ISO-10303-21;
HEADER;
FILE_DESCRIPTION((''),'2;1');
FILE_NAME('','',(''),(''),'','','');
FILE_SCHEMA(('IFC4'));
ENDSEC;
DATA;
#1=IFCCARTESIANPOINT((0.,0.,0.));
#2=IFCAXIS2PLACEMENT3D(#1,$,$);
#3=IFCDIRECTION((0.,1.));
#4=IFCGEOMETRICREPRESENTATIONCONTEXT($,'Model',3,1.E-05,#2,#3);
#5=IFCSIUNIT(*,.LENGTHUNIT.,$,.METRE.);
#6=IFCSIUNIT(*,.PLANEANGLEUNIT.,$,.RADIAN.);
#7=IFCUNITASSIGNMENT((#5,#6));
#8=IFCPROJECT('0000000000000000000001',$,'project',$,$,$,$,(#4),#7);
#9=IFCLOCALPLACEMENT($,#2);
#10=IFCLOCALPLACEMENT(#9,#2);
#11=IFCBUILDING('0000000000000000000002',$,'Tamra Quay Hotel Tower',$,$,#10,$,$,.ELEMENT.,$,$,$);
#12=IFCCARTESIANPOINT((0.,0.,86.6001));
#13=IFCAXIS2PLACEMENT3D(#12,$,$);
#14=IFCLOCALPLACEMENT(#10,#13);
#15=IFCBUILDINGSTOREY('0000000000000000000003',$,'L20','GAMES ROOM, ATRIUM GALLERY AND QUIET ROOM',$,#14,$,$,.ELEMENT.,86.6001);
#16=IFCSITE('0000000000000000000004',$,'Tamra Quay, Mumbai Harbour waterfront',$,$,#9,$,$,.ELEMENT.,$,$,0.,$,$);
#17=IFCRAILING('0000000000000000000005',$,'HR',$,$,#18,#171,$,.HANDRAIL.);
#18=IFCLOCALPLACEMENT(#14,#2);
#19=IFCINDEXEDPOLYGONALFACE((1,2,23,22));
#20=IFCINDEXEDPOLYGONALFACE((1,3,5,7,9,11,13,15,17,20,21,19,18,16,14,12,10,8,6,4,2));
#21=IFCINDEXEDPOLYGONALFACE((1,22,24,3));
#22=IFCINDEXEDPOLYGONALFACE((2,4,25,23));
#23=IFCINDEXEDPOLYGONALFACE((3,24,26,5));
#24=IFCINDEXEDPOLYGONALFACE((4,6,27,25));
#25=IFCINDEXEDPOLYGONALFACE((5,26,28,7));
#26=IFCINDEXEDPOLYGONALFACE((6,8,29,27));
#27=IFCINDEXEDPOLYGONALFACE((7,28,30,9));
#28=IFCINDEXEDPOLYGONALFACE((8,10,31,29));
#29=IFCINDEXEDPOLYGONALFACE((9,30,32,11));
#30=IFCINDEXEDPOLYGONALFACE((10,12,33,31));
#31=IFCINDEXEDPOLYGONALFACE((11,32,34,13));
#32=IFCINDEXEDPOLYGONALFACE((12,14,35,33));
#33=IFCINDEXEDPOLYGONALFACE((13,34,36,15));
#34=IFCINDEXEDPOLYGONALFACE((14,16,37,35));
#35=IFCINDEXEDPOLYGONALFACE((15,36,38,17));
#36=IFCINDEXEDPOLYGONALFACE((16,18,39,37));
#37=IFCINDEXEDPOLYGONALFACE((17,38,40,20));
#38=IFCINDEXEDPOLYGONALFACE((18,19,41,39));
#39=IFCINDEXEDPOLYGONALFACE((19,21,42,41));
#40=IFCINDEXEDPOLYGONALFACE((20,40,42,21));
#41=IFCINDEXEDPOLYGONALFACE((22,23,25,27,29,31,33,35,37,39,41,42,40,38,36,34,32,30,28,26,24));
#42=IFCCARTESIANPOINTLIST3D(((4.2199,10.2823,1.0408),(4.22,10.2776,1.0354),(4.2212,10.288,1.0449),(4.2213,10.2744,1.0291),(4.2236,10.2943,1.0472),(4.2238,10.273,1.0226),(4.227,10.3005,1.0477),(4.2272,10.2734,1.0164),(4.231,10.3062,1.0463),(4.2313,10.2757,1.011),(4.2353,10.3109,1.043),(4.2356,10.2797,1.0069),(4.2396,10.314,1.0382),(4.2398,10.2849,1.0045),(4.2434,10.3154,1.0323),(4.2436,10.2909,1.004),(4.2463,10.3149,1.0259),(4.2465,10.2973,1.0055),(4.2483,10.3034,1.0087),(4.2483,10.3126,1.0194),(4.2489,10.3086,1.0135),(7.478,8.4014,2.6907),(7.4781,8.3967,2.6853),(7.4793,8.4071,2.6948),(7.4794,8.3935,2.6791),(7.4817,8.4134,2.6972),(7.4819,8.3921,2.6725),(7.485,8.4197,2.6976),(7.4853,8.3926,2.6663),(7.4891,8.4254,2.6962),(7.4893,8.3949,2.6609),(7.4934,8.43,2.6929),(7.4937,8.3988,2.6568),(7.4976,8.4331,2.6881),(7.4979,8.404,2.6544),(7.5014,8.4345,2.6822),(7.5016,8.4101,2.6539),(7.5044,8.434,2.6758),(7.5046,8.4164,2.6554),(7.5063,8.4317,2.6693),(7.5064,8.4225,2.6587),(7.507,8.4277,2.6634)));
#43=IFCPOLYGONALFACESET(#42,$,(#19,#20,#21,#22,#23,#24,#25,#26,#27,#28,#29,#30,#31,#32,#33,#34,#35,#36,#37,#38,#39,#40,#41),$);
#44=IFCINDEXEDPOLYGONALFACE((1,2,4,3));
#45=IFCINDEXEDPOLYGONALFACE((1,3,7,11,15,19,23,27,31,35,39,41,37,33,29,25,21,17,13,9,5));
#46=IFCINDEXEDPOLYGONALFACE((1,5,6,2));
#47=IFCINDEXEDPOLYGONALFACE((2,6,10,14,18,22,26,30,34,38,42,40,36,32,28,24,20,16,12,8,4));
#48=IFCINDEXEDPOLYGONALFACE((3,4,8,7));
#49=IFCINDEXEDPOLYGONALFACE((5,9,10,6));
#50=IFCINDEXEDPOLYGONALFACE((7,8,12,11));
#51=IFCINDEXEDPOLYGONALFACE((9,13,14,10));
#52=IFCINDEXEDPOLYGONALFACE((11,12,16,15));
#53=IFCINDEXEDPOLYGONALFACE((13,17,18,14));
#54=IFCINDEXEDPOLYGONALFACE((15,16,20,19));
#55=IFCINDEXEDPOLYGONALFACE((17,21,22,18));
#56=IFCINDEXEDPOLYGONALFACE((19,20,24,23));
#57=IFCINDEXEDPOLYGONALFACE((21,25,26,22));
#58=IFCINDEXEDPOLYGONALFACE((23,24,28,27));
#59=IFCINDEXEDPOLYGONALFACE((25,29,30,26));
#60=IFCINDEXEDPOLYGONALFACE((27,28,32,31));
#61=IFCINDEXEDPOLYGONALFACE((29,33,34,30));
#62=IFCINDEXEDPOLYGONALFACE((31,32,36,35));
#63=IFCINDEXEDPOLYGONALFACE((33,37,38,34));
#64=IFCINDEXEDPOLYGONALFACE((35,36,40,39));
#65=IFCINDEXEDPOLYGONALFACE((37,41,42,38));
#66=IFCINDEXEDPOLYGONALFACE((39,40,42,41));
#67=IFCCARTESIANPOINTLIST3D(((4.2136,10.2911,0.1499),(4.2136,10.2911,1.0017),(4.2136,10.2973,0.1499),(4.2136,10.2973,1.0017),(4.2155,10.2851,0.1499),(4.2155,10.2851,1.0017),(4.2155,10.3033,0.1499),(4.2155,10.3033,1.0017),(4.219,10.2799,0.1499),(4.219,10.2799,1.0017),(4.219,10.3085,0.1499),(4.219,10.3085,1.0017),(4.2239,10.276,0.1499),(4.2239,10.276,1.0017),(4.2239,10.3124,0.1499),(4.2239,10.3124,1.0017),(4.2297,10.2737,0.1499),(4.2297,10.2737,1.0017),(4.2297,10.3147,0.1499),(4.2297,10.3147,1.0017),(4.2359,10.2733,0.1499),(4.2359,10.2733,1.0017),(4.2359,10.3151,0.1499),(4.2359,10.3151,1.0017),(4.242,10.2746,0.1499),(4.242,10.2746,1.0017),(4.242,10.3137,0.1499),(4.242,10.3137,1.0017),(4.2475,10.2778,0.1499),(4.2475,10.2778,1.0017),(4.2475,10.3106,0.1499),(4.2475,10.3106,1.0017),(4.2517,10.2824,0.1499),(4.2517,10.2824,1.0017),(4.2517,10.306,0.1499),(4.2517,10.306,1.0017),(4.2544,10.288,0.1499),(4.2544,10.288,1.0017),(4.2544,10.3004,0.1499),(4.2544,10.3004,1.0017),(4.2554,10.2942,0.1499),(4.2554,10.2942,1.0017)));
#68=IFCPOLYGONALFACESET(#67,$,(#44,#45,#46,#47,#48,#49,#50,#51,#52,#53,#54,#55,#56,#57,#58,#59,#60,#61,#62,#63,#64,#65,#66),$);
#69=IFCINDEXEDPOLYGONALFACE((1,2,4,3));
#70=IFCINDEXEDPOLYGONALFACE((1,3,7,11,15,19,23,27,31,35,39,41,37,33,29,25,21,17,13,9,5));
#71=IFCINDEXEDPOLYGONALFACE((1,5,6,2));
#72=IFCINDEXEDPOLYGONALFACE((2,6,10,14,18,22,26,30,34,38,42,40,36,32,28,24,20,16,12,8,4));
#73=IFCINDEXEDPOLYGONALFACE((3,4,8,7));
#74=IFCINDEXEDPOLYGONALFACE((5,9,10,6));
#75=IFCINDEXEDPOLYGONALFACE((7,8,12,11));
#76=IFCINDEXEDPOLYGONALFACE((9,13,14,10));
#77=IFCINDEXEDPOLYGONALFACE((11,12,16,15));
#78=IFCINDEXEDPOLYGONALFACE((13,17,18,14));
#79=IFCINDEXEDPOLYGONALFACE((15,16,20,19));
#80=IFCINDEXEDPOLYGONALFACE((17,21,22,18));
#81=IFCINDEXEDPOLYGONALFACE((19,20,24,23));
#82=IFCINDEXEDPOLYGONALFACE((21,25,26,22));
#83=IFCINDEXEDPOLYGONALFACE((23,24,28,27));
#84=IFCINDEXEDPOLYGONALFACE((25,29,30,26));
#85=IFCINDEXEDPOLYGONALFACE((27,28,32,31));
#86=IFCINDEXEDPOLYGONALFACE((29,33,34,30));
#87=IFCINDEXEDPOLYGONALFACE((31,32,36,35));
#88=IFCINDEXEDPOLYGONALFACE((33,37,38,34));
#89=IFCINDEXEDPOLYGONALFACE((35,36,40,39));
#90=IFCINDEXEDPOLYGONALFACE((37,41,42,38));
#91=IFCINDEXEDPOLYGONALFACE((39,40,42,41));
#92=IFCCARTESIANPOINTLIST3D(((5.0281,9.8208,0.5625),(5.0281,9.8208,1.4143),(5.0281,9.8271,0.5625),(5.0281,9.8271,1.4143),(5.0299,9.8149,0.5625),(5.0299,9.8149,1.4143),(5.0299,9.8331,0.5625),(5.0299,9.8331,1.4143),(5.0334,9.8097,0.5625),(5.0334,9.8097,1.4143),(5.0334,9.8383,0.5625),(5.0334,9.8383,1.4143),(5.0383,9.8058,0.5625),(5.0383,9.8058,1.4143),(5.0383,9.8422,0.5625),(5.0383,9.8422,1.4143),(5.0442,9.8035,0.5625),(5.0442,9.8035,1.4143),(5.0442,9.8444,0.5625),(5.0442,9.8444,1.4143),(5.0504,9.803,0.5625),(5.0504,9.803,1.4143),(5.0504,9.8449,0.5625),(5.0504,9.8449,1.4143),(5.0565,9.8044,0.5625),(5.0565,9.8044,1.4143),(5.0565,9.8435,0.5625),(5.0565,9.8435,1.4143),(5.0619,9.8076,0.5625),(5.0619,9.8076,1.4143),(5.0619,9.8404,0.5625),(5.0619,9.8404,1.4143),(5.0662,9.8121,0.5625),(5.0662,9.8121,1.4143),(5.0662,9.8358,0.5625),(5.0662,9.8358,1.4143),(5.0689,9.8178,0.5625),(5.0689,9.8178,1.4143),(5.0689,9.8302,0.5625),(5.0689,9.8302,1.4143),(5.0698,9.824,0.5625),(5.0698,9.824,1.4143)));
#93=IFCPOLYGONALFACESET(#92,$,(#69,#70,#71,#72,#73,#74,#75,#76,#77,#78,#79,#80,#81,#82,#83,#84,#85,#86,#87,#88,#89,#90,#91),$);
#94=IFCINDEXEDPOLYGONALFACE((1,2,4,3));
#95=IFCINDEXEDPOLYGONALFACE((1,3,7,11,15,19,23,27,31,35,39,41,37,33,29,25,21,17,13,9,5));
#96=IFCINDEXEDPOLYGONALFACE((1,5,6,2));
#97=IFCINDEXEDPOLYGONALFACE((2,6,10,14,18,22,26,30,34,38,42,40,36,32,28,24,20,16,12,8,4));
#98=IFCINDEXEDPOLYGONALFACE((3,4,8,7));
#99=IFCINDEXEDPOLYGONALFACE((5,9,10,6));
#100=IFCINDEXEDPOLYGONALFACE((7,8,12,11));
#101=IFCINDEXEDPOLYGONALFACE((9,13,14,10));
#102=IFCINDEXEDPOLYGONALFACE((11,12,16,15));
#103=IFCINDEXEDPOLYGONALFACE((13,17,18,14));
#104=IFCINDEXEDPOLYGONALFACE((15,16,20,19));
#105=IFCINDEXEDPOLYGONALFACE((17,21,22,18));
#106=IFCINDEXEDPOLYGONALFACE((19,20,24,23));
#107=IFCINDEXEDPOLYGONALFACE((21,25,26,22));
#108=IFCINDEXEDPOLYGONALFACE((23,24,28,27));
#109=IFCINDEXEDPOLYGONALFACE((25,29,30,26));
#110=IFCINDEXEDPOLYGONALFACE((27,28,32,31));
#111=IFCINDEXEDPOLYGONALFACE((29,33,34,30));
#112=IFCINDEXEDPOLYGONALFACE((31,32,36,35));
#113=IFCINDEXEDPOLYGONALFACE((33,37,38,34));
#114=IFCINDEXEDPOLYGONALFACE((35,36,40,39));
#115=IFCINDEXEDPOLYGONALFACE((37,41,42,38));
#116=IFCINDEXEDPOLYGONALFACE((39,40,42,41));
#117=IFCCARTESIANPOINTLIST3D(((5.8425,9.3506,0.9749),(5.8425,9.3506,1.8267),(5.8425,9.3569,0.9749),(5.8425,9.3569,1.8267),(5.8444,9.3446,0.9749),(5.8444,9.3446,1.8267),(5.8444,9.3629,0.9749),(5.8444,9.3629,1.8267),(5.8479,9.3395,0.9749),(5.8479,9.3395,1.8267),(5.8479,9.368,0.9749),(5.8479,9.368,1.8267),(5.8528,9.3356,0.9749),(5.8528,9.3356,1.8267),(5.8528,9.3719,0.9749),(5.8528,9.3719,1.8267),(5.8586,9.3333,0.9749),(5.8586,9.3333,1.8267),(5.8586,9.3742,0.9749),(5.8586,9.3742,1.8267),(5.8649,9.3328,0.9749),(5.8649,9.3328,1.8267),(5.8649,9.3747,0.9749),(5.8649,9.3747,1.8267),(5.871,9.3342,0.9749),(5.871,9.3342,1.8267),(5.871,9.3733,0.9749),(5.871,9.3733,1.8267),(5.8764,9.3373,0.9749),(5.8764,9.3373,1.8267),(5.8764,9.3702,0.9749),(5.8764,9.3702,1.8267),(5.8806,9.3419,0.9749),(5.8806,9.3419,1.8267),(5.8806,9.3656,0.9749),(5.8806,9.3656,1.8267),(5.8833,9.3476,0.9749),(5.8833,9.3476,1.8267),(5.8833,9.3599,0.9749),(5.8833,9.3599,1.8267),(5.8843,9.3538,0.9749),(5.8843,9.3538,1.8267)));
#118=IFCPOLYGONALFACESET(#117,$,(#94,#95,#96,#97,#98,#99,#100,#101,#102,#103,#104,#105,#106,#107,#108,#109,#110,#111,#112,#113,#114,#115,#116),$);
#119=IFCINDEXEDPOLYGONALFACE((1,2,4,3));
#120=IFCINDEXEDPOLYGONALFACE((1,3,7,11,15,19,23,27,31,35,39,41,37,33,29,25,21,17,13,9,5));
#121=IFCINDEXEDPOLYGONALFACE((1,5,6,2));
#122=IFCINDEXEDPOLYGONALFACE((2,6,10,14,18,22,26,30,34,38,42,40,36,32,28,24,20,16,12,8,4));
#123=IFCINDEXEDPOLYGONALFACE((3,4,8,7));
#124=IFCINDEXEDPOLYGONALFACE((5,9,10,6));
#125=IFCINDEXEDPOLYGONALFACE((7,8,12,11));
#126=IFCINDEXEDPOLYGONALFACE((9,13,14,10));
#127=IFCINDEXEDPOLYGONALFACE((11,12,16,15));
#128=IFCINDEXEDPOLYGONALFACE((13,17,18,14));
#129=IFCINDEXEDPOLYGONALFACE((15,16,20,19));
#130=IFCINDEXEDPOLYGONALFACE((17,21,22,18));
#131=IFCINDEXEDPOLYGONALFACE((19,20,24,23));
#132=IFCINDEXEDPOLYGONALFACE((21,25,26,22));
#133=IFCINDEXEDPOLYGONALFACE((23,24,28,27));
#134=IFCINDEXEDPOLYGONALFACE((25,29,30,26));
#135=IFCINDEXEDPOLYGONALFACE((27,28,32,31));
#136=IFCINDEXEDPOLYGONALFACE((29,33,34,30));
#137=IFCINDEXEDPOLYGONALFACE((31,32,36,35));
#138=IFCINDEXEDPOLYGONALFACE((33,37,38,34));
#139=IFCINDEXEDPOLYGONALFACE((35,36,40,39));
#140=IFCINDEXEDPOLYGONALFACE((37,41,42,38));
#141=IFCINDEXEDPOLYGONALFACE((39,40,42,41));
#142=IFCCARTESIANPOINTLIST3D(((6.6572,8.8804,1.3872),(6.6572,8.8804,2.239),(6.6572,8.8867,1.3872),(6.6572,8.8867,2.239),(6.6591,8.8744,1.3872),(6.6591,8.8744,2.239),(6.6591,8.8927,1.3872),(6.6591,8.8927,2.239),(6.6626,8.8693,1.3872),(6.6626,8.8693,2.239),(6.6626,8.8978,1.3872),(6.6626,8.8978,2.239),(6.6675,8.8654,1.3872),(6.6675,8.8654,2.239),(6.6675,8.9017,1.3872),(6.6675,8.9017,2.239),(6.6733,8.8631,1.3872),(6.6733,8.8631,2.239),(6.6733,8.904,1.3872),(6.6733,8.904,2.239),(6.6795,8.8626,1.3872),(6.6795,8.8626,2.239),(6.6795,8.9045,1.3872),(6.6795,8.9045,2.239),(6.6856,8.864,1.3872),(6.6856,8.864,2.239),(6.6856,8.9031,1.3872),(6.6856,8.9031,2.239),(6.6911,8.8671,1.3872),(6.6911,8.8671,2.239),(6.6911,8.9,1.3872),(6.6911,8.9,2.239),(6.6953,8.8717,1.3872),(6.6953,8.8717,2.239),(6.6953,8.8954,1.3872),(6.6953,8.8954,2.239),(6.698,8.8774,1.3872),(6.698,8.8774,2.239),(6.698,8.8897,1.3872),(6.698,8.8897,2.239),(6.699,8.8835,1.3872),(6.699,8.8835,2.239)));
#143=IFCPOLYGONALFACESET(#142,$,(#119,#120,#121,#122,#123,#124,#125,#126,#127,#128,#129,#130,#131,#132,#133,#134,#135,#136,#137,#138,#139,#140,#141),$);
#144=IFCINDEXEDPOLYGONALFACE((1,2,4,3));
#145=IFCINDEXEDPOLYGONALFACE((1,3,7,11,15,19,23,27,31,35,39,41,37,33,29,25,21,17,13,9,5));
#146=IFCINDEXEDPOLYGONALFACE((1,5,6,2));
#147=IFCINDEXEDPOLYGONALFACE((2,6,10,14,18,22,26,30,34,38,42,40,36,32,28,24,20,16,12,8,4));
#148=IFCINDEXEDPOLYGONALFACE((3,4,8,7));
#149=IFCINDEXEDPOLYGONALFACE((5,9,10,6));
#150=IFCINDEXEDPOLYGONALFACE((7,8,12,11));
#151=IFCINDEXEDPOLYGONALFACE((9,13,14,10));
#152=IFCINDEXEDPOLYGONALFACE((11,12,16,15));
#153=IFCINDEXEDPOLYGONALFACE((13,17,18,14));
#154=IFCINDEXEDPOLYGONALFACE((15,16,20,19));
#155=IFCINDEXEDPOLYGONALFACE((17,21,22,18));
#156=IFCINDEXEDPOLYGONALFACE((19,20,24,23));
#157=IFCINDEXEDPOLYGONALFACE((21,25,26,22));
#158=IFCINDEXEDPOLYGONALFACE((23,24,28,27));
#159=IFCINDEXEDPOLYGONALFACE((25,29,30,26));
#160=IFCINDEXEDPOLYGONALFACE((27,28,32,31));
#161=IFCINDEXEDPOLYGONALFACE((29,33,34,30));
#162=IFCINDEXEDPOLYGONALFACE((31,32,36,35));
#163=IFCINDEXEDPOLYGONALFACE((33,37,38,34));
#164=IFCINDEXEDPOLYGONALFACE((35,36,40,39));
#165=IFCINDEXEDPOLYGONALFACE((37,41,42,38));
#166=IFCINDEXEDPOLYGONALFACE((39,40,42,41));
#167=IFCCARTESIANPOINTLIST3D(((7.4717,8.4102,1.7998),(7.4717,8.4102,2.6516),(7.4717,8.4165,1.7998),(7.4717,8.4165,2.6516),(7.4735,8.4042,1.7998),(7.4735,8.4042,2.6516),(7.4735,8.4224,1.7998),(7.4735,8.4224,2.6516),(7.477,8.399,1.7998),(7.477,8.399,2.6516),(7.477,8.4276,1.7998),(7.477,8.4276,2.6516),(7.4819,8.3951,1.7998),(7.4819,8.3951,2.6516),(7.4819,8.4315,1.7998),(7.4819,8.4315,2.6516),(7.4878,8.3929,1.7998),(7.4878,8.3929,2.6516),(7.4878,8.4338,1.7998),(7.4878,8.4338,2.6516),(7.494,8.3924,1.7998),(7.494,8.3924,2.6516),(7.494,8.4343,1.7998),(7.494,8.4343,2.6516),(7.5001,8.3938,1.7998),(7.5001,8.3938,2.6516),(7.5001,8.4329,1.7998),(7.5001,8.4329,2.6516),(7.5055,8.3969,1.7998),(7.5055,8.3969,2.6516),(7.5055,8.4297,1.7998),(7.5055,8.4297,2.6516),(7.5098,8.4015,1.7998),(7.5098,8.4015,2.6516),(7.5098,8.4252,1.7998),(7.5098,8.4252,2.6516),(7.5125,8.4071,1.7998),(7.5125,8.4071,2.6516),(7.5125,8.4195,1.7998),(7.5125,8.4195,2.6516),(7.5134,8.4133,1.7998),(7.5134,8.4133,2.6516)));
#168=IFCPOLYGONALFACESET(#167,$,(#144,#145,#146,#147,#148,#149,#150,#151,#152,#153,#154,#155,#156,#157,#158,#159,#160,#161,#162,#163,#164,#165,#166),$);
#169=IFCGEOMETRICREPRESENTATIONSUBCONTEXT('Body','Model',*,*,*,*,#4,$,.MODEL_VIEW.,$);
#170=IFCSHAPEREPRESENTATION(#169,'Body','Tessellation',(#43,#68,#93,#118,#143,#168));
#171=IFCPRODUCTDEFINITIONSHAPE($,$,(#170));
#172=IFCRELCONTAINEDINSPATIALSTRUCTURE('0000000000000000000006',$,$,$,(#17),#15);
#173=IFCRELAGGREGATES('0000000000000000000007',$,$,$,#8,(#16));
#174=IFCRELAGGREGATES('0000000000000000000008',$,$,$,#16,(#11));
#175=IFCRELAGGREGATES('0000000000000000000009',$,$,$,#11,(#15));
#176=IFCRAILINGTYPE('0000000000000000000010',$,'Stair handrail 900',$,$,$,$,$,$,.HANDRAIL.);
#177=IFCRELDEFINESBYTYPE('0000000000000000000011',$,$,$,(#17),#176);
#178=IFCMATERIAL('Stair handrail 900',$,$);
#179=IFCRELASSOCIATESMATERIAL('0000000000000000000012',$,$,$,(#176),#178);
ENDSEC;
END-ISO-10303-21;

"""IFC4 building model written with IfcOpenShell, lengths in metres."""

from ifc_helpers import new_model, si_unit, direction, frame, origin, origin_2d, place, context, subcontext, project, spatial, circle, extrude, material, type_object, element, save


model = new_model("IFC4")

# Units and contexts
model_context = context("Model", 3, precision=1e-05, world=origin(), true_north=direction((0.0, 1.0)))
body_context = subcontext(model_context, "Body", "Model", "MODEL_VIEW")
ifc_project = project(units=[si_unit("LENGTHUNIT", "METRE"), si_unit("PLANEANGLEUNIT", "RADIAN")], contexts=[model_context])

# Site, building, storey
site_placement = place(None, origin())
site = spatial("IfcSite", under=ifc_project, at=site_placement, Name="Tamra Quay, Mumbai Harbour waterfront", CompositionType="ELEMENT", RefElevation=0.0)
building_placement = place(site_placement, origin())
building = spatial("IfcBuilding", under=site, at=building_placement, Name="Tamra Quay Hotel Tower", CompositionType="ELEMENT")
storey_placement = place(building_placement, frame((0.0, 0.0, 86.6001)))
storey = spatial("IfcBuildingStorey", under=building, at=storey_placement, Name="L20", Description="GAMES ROOM, ATRIUM GALLERY AND QUIET ROOM", CompositionType="ELEMENT", Elevation=86.6001)

# Railing
ifc_material_1 = material(Name="Stair handrail 900")
railing_type = type_object("IfcRailingType", Name="Stair handrail 900", PredefinedType="HANDRAIL", material=ifc_material_1)
railing_placement = place(storey_placement, frame((4.2344, 10.2942, 0.1499)))
element("IfcRailing", 1, at=railing_placement, inside=storey, type_object=railing_type, Name="HR", PredefinedType="HANDRAIL", context=body_context, shape_type="SweptSolid", body=[
    extrude(circle(Radius=0.0239, at=origin_2d()), frame((0.0, 0.0, 0.876), z_axis=(0.793122, -0.457865, 0.401642), x_axis=(0.499964, 0.866046, 0.0)), (0.0, 0.0, 1.0), 4.1079),
    extrude(circle(Radius=0.021, at=origin_2d()), origin(), (0.0, 0.0, 1.0), 0.8518),
    extrude(circle(Radius=0.021, at=origin_2d()), frame((0.8145, -0.4702, 0.4126)), (0.0, 0.0, 1.0), 0.8518),
    extrude(circle(Radius=0.021, at=origin_2d()), frame((1.6289, -0.9404, 0.825)), (0.0, 0.0, 1.0), 0.8518),
    extrude(circle(Radius=0.021, at=origin_2d()), frame((2.4436, -1.4106, 1.2373)), (0.0, 0.0, 1.0), 0.8518),
    extrude(circle(Radius=0.021, at=origin_2d()), frame((3.2581, -1.8809, 1.6499)), (0.0, 0.0, 1.0), 0.8518),
])

save(model, "model.ifc")
